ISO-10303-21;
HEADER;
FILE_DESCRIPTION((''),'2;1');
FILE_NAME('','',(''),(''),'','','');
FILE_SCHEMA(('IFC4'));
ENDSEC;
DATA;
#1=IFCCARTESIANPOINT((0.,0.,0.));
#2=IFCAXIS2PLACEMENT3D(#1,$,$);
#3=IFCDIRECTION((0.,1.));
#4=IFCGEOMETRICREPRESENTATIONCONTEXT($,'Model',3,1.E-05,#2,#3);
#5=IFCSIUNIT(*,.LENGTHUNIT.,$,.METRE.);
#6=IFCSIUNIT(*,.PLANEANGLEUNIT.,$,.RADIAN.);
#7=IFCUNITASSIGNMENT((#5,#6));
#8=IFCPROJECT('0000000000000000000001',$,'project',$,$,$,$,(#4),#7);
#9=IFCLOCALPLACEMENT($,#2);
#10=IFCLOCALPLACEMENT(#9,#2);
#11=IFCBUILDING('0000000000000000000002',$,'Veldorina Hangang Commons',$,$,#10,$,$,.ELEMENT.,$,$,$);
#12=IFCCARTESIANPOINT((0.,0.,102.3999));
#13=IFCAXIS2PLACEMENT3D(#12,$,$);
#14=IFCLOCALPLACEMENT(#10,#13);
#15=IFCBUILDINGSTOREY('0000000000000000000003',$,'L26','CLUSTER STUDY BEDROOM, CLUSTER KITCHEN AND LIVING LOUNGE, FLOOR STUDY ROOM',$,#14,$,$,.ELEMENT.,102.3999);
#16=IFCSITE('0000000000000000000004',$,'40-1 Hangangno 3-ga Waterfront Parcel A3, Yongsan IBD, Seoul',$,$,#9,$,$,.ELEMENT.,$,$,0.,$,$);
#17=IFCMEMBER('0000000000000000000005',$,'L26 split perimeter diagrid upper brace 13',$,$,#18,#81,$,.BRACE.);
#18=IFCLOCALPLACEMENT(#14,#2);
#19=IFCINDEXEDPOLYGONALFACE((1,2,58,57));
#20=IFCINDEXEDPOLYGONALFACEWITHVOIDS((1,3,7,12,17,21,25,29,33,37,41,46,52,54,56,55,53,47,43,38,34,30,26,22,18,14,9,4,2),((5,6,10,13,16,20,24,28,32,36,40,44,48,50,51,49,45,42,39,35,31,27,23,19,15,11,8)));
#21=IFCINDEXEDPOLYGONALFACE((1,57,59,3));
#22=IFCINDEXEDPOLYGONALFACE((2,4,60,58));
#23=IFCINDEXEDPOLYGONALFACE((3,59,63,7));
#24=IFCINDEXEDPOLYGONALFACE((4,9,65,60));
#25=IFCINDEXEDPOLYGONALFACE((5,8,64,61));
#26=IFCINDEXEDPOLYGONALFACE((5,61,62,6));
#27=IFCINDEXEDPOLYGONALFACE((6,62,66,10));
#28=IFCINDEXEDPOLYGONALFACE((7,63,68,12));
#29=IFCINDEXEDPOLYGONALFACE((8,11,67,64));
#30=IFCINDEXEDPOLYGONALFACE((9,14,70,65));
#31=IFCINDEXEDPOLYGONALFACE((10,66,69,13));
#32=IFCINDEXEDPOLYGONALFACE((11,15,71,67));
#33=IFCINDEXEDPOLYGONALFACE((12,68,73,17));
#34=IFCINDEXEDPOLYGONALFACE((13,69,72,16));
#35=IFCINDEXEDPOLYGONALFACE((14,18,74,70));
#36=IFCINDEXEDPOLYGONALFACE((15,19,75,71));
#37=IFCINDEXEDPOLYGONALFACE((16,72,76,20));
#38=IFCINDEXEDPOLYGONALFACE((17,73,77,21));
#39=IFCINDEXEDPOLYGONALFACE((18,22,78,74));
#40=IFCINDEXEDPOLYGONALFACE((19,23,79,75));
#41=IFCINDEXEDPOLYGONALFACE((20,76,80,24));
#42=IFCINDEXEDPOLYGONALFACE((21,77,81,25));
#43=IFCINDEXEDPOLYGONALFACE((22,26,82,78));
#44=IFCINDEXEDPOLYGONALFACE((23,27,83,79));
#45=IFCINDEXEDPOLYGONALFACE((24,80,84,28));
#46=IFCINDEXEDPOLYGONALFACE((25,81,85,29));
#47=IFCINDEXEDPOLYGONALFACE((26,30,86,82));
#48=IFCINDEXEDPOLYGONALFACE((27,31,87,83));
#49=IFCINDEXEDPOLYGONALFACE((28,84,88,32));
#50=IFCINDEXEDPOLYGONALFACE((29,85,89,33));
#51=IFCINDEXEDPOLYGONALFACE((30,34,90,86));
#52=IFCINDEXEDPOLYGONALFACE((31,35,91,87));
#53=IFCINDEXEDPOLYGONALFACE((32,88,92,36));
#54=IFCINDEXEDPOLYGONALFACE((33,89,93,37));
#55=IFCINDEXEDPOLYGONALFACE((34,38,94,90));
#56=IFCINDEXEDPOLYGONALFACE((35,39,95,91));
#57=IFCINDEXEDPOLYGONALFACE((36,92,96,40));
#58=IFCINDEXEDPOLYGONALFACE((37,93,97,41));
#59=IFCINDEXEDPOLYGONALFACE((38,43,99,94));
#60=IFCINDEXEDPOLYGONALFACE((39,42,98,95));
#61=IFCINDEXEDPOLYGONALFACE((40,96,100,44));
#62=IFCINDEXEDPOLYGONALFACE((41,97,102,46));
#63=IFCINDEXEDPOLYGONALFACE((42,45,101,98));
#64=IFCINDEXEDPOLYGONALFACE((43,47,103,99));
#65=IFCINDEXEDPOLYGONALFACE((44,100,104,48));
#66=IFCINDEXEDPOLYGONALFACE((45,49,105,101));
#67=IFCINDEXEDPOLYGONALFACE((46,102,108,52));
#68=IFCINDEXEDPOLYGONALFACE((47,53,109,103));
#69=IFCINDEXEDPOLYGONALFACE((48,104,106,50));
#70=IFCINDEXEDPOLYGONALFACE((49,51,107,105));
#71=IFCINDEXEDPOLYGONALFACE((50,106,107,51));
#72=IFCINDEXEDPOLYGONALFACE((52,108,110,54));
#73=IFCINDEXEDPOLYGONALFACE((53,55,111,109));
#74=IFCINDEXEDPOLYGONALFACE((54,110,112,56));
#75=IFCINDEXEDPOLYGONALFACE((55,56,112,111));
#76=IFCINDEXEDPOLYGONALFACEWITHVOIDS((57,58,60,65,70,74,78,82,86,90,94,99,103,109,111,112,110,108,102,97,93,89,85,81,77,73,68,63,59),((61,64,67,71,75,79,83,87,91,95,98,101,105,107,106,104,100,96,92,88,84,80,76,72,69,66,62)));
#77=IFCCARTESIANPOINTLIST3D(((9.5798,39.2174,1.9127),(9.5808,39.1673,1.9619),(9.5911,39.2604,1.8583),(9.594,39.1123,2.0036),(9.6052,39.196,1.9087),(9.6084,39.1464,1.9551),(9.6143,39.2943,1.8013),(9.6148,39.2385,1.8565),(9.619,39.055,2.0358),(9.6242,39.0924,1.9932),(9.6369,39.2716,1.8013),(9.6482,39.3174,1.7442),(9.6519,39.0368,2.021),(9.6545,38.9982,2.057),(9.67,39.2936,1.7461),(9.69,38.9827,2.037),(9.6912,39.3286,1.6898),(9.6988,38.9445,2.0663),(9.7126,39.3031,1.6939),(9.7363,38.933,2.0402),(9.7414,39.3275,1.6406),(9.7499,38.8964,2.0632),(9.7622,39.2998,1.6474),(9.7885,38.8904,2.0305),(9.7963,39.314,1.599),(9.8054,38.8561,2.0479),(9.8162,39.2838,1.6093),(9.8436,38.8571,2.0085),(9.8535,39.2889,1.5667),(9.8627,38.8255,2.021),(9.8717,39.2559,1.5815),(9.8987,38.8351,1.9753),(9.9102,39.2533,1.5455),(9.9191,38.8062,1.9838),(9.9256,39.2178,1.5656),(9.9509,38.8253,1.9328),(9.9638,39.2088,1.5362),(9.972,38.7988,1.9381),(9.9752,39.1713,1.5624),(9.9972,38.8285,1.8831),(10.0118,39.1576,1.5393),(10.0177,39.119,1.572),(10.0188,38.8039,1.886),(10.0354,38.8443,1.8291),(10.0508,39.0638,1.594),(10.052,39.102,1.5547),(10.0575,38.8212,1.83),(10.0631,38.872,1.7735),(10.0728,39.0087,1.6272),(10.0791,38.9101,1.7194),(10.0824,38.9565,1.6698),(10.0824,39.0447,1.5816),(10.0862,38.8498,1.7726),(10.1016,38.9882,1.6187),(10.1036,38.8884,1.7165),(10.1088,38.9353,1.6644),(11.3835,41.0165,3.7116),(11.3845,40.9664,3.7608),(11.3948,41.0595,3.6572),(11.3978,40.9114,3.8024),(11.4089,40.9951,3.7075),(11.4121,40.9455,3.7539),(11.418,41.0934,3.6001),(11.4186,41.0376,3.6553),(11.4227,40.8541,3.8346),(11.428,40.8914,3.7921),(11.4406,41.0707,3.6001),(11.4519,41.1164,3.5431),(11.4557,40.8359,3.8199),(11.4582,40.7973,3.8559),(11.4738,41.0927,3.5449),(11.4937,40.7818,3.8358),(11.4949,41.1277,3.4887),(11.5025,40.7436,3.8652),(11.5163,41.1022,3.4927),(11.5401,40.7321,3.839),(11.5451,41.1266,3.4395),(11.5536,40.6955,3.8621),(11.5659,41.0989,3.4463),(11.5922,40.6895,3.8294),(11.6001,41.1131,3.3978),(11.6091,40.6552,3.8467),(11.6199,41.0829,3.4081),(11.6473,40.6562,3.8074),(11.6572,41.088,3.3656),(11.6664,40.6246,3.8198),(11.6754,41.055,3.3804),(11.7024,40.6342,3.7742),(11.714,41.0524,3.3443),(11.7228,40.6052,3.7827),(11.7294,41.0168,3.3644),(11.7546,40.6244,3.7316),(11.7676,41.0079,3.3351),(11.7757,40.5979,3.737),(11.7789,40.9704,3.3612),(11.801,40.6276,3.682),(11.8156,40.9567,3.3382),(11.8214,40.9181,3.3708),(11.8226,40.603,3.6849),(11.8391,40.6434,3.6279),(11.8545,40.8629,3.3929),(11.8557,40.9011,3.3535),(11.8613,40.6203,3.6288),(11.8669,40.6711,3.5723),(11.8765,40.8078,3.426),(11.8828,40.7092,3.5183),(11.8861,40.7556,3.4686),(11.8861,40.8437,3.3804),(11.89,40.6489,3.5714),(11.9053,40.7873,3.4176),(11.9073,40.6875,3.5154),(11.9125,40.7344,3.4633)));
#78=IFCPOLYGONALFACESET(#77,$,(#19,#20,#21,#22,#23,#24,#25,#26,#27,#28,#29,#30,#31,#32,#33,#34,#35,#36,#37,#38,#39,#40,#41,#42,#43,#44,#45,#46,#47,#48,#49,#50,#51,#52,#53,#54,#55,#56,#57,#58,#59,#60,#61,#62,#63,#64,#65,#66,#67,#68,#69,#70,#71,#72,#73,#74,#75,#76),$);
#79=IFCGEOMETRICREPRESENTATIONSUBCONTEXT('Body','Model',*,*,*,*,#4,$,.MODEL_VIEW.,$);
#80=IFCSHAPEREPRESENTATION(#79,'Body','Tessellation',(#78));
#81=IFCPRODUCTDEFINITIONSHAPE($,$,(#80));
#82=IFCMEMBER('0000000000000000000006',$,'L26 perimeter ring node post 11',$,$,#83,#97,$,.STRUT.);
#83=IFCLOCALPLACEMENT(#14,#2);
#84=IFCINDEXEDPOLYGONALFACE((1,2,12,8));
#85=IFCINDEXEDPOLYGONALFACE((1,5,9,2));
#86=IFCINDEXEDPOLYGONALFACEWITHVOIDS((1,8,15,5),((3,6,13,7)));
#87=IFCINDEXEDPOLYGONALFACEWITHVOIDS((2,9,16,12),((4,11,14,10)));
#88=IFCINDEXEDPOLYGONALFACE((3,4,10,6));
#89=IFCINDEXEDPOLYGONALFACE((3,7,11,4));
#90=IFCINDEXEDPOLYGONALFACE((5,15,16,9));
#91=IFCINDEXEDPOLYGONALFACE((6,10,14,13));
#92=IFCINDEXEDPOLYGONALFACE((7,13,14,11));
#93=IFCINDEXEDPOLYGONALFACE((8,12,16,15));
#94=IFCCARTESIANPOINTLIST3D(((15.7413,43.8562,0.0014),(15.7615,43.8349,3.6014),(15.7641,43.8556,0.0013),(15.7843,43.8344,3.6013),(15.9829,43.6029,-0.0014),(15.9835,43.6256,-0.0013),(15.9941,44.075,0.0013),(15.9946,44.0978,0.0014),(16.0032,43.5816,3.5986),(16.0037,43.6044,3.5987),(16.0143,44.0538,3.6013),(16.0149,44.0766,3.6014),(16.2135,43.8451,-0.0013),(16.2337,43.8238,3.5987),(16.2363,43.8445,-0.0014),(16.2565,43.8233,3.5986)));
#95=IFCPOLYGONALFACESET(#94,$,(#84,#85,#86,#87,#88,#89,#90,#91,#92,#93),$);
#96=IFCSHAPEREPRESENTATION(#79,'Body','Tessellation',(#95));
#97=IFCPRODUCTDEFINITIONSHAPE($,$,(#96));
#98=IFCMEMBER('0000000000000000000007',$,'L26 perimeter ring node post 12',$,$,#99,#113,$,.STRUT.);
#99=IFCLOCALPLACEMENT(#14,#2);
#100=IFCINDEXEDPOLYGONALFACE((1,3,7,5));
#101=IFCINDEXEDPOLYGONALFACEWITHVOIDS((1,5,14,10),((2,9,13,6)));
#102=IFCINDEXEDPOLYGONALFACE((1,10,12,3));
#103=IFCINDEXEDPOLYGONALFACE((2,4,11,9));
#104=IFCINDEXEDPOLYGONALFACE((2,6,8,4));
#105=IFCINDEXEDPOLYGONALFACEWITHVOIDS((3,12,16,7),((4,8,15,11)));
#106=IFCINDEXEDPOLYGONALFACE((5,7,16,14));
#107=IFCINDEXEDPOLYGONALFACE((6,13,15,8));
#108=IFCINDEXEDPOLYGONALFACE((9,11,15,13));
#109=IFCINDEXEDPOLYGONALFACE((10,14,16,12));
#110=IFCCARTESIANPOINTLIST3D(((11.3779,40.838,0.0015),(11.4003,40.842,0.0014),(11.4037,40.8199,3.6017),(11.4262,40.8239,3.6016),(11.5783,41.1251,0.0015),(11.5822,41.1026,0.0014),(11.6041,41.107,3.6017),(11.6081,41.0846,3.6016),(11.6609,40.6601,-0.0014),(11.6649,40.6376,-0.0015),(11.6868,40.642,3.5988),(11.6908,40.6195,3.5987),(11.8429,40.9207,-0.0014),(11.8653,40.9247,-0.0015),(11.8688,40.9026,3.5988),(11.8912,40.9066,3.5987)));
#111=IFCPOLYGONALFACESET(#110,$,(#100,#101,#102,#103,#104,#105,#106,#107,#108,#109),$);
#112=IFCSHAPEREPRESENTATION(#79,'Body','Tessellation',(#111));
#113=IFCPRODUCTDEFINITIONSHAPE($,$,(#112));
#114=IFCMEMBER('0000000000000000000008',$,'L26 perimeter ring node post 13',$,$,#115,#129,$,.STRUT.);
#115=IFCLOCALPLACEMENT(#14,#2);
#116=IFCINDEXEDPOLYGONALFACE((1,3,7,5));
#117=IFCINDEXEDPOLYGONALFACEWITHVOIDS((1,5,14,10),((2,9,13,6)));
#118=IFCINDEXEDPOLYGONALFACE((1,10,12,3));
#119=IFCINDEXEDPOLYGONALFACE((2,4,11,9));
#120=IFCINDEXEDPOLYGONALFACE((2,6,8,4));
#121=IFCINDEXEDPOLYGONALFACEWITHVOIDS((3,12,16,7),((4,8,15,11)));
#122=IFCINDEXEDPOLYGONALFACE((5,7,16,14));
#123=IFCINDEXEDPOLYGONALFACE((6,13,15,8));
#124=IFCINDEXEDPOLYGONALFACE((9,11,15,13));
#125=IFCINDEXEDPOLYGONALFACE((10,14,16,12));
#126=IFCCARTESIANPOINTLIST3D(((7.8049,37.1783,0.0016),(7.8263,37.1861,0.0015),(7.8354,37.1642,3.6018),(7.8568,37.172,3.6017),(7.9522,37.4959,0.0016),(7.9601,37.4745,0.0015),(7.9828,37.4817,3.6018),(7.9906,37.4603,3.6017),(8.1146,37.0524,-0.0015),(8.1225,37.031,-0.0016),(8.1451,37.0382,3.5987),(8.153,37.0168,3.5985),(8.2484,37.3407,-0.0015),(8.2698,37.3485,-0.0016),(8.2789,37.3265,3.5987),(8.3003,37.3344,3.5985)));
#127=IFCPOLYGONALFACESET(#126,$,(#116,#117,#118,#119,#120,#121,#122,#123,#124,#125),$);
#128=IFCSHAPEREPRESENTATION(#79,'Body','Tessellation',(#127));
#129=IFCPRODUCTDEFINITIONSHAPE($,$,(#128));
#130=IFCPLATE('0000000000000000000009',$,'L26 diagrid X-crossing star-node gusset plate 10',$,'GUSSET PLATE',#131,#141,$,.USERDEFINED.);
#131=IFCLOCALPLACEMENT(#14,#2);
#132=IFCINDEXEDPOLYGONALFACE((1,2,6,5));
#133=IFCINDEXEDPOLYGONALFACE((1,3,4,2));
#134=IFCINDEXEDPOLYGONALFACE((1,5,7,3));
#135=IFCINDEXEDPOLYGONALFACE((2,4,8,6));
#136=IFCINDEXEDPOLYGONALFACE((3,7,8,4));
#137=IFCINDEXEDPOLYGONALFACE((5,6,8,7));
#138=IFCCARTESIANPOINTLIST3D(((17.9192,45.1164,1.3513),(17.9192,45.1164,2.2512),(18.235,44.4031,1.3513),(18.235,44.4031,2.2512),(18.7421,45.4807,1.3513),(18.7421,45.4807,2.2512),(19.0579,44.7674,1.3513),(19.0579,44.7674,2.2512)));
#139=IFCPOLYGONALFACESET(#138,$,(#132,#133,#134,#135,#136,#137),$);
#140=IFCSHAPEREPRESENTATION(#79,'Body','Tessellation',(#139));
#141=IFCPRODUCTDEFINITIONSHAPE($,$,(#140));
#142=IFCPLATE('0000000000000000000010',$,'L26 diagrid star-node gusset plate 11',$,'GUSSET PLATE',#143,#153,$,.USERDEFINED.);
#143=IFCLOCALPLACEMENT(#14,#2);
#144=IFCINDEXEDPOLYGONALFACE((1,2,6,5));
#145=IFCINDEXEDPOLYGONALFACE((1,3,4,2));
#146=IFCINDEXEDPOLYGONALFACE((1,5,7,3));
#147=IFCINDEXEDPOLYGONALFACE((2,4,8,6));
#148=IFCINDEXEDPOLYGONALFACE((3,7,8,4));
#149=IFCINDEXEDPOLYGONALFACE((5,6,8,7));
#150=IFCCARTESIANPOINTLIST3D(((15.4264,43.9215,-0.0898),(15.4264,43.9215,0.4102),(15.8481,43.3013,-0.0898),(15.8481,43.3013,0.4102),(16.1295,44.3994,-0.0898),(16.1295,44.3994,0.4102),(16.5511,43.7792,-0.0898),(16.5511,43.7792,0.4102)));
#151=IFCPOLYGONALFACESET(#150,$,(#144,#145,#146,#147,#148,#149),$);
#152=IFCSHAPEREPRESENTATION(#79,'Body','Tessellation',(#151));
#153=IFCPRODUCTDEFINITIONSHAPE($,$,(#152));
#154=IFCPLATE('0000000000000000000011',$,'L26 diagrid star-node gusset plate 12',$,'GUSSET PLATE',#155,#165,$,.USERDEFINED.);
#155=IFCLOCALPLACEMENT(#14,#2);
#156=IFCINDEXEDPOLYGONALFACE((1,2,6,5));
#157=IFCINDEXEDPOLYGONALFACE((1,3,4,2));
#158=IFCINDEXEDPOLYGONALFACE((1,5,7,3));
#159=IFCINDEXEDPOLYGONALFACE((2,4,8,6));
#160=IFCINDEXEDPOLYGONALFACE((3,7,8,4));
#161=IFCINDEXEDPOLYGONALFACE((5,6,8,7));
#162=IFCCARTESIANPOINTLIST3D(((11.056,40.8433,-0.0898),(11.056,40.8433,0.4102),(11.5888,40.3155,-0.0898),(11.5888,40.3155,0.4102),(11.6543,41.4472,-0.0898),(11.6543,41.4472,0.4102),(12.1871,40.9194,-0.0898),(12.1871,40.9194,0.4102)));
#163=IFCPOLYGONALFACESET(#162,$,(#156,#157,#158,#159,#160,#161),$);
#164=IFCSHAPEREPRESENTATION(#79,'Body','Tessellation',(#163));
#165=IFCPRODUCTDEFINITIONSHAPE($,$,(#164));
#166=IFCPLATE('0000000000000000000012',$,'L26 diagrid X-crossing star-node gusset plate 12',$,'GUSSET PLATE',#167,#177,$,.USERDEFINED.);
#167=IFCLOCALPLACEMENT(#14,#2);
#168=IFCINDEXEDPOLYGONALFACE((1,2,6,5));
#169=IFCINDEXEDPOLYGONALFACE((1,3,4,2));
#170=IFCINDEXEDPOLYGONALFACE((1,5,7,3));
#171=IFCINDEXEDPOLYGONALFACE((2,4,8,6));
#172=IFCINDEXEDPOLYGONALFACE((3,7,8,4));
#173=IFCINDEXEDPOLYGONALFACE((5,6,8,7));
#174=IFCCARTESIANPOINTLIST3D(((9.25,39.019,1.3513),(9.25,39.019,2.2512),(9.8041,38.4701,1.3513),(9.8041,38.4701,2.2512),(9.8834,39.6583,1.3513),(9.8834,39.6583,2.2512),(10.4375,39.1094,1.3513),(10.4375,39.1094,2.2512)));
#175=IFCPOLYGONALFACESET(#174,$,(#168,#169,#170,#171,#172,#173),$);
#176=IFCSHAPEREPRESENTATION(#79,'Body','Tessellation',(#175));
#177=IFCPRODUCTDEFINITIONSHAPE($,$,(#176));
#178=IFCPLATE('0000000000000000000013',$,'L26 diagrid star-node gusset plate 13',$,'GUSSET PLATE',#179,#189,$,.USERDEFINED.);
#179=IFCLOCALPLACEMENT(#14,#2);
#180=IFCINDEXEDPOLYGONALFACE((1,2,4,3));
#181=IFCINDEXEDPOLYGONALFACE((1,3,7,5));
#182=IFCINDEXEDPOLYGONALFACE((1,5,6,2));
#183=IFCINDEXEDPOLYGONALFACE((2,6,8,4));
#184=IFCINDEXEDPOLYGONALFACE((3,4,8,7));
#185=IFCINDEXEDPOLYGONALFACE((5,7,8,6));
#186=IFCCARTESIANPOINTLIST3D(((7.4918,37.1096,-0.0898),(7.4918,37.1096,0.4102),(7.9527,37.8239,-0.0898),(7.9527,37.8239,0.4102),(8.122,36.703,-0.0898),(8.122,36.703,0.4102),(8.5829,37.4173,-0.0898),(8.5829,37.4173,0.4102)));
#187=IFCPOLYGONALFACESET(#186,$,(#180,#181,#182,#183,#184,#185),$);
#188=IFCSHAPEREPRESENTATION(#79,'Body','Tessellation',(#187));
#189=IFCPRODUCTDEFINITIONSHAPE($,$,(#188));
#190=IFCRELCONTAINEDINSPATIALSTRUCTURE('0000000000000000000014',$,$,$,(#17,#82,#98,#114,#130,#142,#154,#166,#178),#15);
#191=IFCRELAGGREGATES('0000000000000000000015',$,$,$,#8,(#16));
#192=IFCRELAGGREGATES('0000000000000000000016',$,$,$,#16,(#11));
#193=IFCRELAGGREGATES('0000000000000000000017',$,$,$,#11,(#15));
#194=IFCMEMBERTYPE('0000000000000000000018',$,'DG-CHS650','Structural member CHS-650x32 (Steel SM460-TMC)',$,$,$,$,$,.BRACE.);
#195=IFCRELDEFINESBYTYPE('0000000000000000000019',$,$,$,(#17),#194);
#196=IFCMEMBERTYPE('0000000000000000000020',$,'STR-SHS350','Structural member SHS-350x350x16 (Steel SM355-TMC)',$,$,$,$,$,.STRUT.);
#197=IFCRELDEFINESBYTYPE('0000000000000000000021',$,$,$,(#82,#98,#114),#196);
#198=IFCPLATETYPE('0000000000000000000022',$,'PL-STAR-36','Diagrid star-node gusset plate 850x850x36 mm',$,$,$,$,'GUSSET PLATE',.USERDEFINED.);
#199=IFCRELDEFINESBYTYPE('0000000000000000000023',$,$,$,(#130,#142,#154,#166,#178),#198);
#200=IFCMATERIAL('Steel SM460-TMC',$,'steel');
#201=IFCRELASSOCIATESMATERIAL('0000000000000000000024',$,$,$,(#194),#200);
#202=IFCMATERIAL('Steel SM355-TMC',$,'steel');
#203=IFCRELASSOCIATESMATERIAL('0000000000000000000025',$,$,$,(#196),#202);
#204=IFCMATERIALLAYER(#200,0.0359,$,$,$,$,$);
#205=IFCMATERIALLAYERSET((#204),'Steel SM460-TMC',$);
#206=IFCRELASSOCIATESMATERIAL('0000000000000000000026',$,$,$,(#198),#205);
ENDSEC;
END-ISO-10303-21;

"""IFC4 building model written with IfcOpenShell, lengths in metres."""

from ifc_helpers import new_model, si_unit, direction, frame, origin, origin_2d, place, context, subcontext, project, spatial, rectangle, hollow_rectangle, hollow_circle, extrude, material, layer, layer_set, material_profile, profile_set, type_object, element, save


model = new_model("IFC4")

# Units and contexts
model_context = context("Model", 3, precision=1e-05, world=origin(), true_north=direction((0.0, 1.0)))
body_context = subcontext(model_context, "Body", "Model", "MODEL_VIEW")
ifc_project = project(units=[si_unit("LENGTHUNIT", "METRE"), si_unit("PLANEANGLEUNIT", "RADIAN")], contexts=[model_context])

# Site, building, storey
site_placement = place(None, origin())
site = spatial("IfcSite", under=ifc_project, at=site_placement, Name="40-1 Hangangno 3-ga Waterfront Parcel A3, Yongsan IBD, Seoul", CompositionType="ELEMENT", RefElevation=0.0)
building_placement = place(site_placement, origin())
building = spatial("IfcBuilding", under=site, at=building_placement, Name="Veldorina Hangang Commons", CompositionType="ELEMENT")
storey_placement = place(building_placement, frame((0.0, 0.0, 102.3999)))
storey = spatial("IfcBuildingStorey", under=building, at=storey_placement, Name="L26", Description="CLUSTER STUDY BEDROOM, CLUSTER KITCHEN AND LIVING LOUNGE, FLOOR STUDY ROOM", CompositionType="ELEMENT", Elevation=102.3999)

# Shared definitions
ifc_material_1 = material(Name="Steel SM355-TMC", Category="steel")

# Members
ifc_material_2 = material(Name="Steel SM460-TMC", Category="steel")
ifc_material_profile_1 = material_profile(ifc_material_2, hollow_circle(Radius=0.325, WallThickness=0.032, at=origin_2d()), Name="CHS-650x32")
ifc_profile_set_1 = profile_set([ifc_material_profile_1], Name="Steel SM460-TMC")
member_type_1 = type_object("IfcMemberType", Name="DG-CHS650", Description="Structural member CHS-650x32 (Steel SM460-TMC)", PredefinedType="BRACE", material=ifc_profile_set_1)
member_1_placement = place(storey_placement, frame((9.8438, 39.0642, 1.8013), z_axis=(0.578368, 0.57688, 0.576802), x_axis=(-0.706196, 0.708017, 0.0)))
element("IfcMember", 1, at=member_1_placement, inside=storey, type_object=member_type_1, Name="L26 split perimeter diagrid upper brace 13", PredefinedType="BRACE", context=body_context, shape_type="SweptSolid", body=[
    extrude(hollow_circle(Radius=0.325, WallThickness=0.032, at=origin_2d()), origin(), (0.0, 0.0, 1.0), 3.1187),
])
ifc_material_profile_2 = material_profile(ifc_material_1, hollow_rectangle(XDim=0.3501, YDim=0.3501, WallThickness=0.0161, at=origin_2d()), Name="SHS-350x350x16")
ifc_profile_set_2 = profile_set([ifc_material_profile_2], Name="Steel SM355-TMC")
member_type_2 = type_object("IfcMemberType", Name="STR-SHS350", Description="Structural member SHS-350x350x16 (Steel SM355-TMC)", PredefinedType="STRUT", material=ifc_profile_set_2)
member_2_placement = place(storey_placement, frame((15.9888, 43.8503, 0.0), z_axis=(0.005628, -0.0059, 0.999967), x_axis=(0.723544, 0.690278, 0.0)))
element("IfcMember", 2, at=member_2_placement, inside=storey, type_object=member_type_2, Name="L26 perimeter ring node post 11", PredefinedType="STRUT", context=body_context, shape_type="SweptSolid", body=[
    extrude(hollow_rectangle(XDim=0.3501, YDim=0.3501, WallThickness=0.0161, at=origin_2d()), origin(), (0.0, 0.0, 1.0), 3.6001),
])
for number, where, z_axis, x_axis, name in (
    (3, (11.6216, 40.8813, 0.0), (0.007188, -0.005018, 0.999962), (0.572424, 0.819958, 0.0), "L26 perimeter ring node post 12"),
    (4, (8.0374, 37.2634, 0.0), (0.008477, -0.003933, 0.999956), (0.420898, 0.907108, 0.0), "L26 perimeter ring node post 13"),
):
    element("IfcMember", number, at=place(storey_placement, frame(where, z_axis=z_axis, x_axis=x_axis)), inside=storey, type_object=member_type_2, Name=name, PredefinedType="STRUT", context=body_context, shape_type="SweptSolid", body=[
        extrude(hollow_rectangle(XDim=0.3501, YDim=0.3501, WallThickness=0.0161, at=origin_2d()), origin(), (0.0, 0.0, 1.0), 3.6003),
    ])

# Plates
ifc_layer_1 = layer(ifc_material_2, 0.0359)
ifc_layer_set_1 = layer_set([ifc_layer_1], Name="Steel SM460-TMC")
plate_type = type_object("IfcPlateType", Name="PL-STAR-36", Description="Diagrid star-node gusset plate 850x850x36 mm", ElementType="GUSSET PLATE", PredefinedType="USERDEFINED", material=ifc_layer_set_1)
plate_1_placement = place(storey_placement, frame((18.4885, 44.9419, 1.3513), z_axis=(0.0, 0.0, 1.0), x_axis=(-0.914381, -0.404854, 0.0)))
element("IfcPlate", 5, at=plate_1_placement, inside=storey, type_object=plate_type, Name="L26 diagrid X-crossing star-node gusset plate 10", ObjectType="GUSSET PLATE", PredefinedType="USERDEFINED", context=body_context, shape_type="SweptSolid", body=[
    extrude(rectangle(XDim=0.8999, YDim=0.78, at=origin_2d()), origin(), (0.0, 0.0, 1.0), 0.8999),
])
for number, where, z_axis, x_axis, name in (
    (6, (15.9888, 43.8503, -0.0898), (0.0, 0.0, 1.0), (-0.826992, -0.562213, 0.0), "L26 diagrid star-node gusset plate 11"),
    (7, (11.6216, 40.8813, -0.0898), (0.0, 0.0, 1.0), (-0.703792, -0.710407, 0.0), "L26 diagrid star-node gusset plate 12"),
):
    element("IfcPlate", number, at=place(storey_placement, frame(where, z_axis=z_axis, x_axis=x_axis)), inside=storey, type_object=plate_type, Name=name, ObjectType="GUSSET PLATE", PredefinedType="USERDEFINED", context=body_context, shape_type="SweptSolid", body=[
        extrude(rectangle(XDim=0.8501, YDim=0.75, at=origin_2d()), origin(), (0.0, 0.0, 1.0), 0.5),
    ])
plate_2_placement = place(storey_placement, frame((9.8438, 39.0642, 1.3513), z_axis=(0.0, 0.0, 1.0), x_axis=(-0.703792, -0.710407, 0.0)))
element("IfcPlate", 8, at=plate_2_placement, inside=storey, type_object=plate_type, Name="L26 diagrid X-crossing star-node gusset plate 12", ObjectType="GUSSET PLATE", PredefinedType="USERDEFINED", context=body_context, shape_type="SweptSolid", body=[
    extrude(rectangle(XDim=0.8999, YDim=0.78, at=origin_2d()), origin(), (0.0, 0.0, 1.0), 0.8999),
])
plate_3_placement = place(storey_placement, frame((8.0374, 37.2634, -0.0898), z_axis=(0.0, 0.0, 1.0), x_axis=(-0.542178, -0.840264, 0.0)))
element("IfcPlate", 9, at=plate_3_placement, inside=storey, type_object=plate_type, Name="L26 diagrid star-node gusset plate 13", ObjectType="GUSSET PLATE", PredefinedType="USERDEFINED", context=body_context, shape_type="SweptSolid", body=[
    extrude(rectangle(XDim=0.8501, YDim=0.75, at=origin_2d()), origin(), (0.0, 0.0, 1.0), 0.5),
])

save(model, "model.ifc")
